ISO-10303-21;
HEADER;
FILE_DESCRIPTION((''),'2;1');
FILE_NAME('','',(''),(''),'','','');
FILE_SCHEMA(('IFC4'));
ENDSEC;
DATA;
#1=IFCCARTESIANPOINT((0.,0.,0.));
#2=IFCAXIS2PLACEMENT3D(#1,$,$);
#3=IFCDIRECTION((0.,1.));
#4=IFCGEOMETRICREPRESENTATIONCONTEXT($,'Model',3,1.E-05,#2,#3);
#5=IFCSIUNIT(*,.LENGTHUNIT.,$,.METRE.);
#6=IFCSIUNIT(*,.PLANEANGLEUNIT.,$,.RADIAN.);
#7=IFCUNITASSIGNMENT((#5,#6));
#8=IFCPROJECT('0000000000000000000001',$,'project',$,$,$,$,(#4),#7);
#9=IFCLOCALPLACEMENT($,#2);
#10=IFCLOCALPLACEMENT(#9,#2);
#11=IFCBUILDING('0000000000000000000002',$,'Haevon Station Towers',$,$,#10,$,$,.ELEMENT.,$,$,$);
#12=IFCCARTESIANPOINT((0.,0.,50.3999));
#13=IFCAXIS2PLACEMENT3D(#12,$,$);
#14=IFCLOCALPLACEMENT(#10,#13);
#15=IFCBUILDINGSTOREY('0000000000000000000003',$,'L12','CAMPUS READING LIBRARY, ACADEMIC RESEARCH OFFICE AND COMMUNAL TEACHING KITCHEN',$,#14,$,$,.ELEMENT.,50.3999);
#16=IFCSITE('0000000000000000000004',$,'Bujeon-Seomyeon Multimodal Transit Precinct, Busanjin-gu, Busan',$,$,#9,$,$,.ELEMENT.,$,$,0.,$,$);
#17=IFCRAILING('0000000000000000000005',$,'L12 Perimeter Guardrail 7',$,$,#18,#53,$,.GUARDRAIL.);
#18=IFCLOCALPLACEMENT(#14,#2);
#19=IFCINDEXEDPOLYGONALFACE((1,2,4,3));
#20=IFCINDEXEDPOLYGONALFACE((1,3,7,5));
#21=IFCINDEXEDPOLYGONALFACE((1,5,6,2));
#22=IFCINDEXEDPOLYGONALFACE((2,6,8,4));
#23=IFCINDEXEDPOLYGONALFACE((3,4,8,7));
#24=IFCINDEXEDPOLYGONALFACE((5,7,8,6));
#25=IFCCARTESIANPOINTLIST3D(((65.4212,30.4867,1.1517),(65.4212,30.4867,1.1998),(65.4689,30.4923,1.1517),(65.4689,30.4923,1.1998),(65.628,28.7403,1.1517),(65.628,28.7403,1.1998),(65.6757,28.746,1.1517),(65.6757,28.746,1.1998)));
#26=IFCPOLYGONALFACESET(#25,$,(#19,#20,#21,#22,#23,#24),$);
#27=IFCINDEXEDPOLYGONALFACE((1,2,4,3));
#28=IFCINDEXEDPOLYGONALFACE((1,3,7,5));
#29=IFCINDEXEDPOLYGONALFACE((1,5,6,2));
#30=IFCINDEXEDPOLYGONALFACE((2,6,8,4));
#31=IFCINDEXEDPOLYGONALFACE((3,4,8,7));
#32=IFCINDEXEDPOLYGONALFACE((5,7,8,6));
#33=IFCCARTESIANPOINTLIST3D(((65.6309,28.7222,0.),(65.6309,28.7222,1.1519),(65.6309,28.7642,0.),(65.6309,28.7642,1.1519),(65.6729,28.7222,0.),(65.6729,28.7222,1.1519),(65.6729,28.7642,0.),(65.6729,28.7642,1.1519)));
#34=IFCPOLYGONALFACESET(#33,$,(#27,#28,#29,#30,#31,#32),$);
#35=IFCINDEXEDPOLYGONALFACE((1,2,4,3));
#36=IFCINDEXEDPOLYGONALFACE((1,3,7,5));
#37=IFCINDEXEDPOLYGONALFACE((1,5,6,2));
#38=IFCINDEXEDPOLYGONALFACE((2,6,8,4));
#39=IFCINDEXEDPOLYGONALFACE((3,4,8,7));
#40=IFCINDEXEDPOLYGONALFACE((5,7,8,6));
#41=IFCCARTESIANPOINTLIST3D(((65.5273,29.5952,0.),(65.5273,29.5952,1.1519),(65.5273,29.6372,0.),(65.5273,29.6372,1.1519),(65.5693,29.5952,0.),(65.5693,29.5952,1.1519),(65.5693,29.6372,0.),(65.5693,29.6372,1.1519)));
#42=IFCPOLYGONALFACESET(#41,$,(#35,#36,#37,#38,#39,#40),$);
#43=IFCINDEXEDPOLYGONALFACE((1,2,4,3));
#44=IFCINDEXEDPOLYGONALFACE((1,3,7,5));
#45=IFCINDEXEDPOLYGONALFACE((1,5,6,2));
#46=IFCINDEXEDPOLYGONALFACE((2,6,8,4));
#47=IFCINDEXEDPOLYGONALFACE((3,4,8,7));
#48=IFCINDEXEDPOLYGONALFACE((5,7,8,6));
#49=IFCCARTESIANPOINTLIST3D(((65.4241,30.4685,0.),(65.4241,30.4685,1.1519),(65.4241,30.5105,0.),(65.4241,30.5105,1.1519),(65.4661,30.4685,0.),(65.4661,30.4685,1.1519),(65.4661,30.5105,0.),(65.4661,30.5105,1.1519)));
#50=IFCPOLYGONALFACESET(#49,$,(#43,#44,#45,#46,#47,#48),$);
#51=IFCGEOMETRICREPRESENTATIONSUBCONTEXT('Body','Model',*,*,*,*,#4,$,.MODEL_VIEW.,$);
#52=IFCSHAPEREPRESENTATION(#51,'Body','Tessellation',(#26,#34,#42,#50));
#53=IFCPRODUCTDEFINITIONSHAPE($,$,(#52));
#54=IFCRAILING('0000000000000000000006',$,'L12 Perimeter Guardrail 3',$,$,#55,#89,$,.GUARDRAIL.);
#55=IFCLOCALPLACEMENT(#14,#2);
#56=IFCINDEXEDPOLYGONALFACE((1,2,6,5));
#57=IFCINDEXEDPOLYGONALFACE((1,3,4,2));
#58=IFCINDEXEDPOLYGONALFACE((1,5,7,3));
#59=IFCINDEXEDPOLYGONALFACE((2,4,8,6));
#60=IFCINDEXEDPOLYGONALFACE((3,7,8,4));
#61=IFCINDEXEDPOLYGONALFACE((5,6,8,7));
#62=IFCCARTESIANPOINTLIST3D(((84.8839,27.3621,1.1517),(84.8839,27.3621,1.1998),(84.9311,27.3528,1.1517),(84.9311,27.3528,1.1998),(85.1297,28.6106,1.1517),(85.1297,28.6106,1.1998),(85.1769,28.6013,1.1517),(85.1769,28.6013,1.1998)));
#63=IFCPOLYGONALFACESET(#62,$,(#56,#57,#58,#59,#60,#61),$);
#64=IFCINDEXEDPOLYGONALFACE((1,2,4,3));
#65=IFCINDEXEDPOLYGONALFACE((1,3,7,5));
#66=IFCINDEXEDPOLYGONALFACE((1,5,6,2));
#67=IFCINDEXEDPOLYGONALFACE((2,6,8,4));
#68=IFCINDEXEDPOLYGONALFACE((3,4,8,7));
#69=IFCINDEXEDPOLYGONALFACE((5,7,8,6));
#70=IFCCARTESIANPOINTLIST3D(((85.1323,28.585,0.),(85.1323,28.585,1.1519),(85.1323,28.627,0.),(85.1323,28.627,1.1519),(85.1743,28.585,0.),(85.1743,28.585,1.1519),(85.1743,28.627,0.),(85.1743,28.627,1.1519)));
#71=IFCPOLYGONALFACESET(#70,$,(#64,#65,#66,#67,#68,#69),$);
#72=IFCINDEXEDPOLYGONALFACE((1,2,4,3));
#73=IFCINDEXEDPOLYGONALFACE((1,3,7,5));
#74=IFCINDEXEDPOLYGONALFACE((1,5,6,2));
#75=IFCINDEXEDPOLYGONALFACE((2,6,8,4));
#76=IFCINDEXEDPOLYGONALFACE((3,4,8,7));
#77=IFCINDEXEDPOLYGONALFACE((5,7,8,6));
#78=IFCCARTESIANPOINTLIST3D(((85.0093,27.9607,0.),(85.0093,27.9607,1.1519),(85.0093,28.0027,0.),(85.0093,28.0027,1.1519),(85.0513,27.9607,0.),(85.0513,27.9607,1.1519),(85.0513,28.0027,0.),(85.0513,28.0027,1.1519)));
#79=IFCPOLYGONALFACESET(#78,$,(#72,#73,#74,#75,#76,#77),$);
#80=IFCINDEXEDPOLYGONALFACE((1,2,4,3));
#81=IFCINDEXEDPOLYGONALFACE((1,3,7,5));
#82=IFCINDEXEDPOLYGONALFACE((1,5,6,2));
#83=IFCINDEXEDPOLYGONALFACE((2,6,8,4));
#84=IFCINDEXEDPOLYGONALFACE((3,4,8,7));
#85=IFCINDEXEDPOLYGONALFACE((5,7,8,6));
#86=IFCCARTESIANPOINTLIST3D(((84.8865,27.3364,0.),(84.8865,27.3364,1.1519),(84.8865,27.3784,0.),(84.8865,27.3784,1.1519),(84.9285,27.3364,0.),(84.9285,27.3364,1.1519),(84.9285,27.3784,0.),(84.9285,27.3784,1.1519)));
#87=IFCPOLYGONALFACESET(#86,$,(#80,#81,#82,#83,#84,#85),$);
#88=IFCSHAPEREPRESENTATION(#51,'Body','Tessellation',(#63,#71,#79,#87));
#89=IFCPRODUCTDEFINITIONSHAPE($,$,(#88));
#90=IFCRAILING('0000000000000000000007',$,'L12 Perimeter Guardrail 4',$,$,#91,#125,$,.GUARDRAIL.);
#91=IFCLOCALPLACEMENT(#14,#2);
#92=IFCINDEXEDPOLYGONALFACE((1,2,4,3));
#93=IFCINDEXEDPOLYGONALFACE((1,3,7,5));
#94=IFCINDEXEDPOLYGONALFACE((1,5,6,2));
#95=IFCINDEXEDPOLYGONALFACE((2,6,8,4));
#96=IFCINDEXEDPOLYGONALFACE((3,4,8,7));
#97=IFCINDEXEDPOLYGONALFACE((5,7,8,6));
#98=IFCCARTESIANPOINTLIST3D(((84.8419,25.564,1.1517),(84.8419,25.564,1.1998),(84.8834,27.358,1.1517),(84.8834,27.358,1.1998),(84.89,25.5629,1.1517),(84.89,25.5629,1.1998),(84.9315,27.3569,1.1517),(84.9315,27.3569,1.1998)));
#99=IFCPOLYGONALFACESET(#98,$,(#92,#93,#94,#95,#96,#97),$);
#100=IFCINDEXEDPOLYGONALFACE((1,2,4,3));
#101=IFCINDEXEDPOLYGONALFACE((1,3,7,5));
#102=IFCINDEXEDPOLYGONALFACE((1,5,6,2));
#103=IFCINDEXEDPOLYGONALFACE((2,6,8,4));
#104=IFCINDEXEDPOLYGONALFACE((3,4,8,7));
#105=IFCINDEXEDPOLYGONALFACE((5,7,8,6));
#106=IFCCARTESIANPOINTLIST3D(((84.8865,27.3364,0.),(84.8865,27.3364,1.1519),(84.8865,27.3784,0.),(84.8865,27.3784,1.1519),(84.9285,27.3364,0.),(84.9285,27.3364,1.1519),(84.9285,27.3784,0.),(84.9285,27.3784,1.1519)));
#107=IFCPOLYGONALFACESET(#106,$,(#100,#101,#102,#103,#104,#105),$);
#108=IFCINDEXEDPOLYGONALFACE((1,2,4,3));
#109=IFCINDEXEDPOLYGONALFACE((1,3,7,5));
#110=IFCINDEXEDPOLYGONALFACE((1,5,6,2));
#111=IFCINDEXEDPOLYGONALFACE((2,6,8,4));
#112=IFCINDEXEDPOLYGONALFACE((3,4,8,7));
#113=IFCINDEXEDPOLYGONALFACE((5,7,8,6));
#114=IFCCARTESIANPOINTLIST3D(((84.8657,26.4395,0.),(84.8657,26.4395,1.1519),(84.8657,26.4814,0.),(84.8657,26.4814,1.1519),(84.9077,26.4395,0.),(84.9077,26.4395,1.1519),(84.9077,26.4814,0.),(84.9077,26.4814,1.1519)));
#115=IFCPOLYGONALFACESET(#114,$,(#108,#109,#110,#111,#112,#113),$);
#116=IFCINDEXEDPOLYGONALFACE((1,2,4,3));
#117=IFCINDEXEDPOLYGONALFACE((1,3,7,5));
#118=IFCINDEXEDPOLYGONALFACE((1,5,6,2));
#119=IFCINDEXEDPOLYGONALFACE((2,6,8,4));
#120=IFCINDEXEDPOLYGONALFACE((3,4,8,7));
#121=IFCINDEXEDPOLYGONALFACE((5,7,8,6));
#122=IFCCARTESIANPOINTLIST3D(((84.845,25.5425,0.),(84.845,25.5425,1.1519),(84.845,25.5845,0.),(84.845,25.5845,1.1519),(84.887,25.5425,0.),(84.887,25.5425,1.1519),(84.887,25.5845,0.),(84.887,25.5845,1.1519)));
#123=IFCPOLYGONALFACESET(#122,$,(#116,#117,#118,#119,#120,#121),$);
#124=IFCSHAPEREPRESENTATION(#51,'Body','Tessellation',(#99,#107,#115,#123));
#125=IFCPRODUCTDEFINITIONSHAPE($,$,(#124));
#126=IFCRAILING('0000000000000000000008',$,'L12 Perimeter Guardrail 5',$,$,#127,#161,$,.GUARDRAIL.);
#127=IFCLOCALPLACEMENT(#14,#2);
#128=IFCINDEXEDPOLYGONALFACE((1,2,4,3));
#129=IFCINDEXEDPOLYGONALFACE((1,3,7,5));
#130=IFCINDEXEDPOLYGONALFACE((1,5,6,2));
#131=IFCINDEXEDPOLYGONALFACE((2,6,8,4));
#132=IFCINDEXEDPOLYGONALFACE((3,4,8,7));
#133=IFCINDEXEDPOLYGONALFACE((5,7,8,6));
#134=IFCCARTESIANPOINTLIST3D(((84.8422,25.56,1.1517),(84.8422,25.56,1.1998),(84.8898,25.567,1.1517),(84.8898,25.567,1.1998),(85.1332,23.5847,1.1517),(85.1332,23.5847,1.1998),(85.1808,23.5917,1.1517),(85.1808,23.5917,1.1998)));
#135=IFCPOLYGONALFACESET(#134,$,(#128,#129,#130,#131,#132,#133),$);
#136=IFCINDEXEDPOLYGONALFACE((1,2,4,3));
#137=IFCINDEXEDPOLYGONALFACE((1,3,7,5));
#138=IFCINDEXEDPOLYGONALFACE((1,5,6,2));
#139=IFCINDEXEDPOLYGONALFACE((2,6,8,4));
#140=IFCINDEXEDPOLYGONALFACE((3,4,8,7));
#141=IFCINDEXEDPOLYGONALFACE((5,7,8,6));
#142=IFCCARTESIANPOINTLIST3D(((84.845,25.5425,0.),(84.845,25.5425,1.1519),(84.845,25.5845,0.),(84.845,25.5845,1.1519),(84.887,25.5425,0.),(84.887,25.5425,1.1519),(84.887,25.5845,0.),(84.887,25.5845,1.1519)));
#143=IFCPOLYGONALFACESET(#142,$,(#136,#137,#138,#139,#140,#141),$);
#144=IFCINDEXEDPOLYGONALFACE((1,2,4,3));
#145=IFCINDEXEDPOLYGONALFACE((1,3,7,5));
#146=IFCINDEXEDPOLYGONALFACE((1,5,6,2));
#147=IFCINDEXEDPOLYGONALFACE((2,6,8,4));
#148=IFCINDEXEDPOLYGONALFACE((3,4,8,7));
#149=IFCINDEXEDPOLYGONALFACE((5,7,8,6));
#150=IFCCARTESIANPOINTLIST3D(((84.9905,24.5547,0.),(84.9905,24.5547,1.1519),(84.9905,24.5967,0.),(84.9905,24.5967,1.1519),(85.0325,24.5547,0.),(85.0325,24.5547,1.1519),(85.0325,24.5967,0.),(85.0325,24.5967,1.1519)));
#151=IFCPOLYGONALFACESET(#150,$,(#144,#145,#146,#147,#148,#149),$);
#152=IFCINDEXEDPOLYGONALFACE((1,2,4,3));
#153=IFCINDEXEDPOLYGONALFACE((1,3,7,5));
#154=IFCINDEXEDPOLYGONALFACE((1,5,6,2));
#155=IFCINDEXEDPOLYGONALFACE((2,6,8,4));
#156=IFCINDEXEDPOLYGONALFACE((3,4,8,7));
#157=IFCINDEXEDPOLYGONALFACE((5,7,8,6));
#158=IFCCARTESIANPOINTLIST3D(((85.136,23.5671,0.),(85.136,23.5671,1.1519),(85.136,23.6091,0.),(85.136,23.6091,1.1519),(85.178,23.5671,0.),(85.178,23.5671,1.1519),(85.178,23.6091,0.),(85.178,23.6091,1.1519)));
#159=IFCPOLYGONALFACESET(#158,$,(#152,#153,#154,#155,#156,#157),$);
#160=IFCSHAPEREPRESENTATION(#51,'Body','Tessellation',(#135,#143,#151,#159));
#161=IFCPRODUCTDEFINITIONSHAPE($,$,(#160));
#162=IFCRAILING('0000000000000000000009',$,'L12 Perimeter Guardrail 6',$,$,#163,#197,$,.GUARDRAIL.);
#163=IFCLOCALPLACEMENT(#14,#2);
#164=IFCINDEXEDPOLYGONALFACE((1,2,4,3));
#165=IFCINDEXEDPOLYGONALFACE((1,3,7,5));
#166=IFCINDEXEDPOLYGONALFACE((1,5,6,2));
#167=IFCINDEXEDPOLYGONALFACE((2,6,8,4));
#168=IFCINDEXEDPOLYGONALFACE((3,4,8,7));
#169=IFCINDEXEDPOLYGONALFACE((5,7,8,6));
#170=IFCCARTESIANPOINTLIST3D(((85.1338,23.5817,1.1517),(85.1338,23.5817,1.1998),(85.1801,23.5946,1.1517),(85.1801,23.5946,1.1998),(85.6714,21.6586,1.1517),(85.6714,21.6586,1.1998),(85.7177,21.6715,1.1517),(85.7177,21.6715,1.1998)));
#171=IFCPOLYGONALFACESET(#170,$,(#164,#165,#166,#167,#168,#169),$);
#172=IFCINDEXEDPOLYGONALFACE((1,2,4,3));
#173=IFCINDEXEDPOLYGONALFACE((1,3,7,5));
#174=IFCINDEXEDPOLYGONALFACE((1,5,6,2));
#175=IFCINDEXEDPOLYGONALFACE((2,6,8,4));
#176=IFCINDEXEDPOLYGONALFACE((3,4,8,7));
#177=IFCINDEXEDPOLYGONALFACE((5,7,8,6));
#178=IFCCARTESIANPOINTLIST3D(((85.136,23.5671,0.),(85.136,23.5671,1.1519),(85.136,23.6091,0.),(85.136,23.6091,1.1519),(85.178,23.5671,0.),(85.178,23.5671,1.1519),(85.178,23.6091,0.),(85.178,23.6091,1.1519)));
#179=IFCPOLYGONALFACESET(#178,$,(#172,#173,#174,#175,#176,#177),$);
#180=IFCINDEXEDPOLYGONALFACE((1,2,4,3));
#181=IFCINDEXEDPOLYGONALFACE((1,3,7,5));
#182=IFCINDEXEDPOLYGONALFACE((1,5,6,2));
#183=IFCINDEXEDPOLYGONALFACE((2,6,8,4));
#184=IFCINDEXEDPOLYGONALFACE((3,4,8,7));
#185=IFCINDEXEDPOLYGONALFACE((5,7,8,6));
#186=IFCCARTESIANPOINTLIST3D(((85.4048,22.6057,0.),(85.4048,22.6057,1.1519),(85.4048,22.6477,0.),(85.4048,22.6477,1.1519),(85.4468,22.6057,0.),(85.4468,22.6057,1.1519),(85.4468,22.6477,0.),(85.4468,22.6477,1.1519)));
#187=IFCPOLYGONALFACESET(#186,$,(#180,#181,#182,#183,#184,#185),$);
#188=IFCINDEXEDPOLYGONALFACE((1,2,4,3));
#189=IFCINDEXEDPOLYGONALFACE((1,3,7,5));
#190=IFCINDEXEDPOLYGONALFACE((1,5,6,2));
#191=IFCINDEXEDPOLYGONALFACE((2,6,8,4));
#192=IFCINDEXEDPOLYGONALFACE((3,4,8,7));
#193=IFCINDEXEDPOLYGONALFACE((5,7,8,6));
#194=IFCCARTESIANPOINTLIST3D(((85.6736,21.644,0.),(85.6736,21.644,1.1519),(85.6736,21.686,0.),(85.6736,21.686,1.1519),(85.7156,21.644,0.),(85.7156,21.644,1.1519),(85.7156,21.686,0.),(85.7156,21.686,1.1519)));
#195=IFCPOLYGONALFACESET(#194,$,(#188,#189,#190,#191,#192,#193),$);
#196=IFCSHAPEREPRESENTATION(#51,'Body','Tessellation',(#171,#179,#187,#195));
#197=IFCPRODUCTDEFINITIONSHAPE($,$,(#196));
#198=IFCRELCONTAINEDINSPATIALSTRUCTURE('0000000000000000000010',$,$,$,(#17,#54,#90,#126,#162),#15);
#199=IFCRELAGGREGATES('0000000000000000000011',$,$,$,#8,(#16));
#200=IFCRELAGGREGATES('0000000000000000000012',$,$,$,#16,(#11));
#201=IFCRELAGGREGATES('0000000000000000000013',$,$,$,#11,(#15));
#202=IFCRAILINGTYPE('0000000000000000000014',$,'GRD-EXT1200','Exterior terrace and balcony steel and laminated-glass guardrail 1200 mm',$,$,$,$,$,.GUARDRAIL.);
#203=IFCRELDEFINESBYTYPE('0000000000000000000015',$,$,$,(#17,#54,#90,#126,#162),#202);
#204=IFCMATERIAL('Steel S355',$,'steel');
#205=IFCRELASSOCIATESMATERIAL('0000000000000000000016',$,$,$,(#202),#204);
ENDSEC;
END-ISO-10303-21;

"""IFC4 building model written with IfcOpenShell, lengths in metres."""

from ifc_helpers import new_model, si_unit, direction, frame, origin, origin_2d, place, context, subcontext, project, spatial, rectangle, extrude, material, type_object, element, save


model = new_model("IFC4")

# Units and contexts
model_context = context("Model", 3, precision=1e-05, world=origin(), true_north=direction((0.0, 1.0)))
body_context = subcontext(model_context, "Body", "Model", "MODEL_VIEW")
ifc_project = project(units=[si_unit("LENGTHUNIT", "METRE"), si_unit("PLANEANGLEUNIT", "RADIAN")], contexts=[model_context])

# Site, building, storey
site_placement = place(None, origin())
site = spatial("IfcSite", under=ifc_project, at=site_placement, Name="Bujeon-Seomyeon Multimodal Transit Precinct, Busanjin-gu, Busan", CompositionType="ELEMENT", RefElevation=0.0)
building_placement = place(site_placement, origin())
building = spatial("IfcBuilding", under=site, at=building_placement, Name="Haevon Station Towers", CompositionType="ELEMENT")
storey_placement = place(building_placement, frame((0.0, 0.0, 50.3999)))
storey = spatial("IfcBuildingStorey", under=building, at=storey_placement, Name="L12", Description="CAMPUS READING LIBRARY, ACADEMIC RESEARCH OFFICE AND COMMUNAL TEACHING KITCHEN", CompositionType="ELEMENT", Elevation=50.3999)

# Railings
ifc_material_1 = material(Name="Steel S355", Category="steel")
railing_type = type_object("IfcRailingType", Name="GRD-EXT1200", Description="Exterior terrace and balcony steel and laminated-glass guardrail 1200 mm", PredefinedType="GUARDRAIL", material=ifc_material_1)
railing_1_placement = place(storey_placement, frame((65.6519, 28.7432, 0.0)))
element("IfcRailing", 1, at=railing_1_placement, inside=storey, type_object=railing_type, Name="L12 Perimeter Guardrail 7", PredefinedType="GUARDRAIL", context=body_context, shape_type="SweptSolid", body=[
    extrude(rectangle(XDim=0.0481, YDim=0.0481, at=origin_2d()), frame((0.0, 0.0, 1.1758), z_axis=(-0.11759, 0.993062, 0.0), x_axis=(-0.993062, -0.11759, 0.0)), (0.0, 0.0, 1.0), 1.7585),
    extrude(rectangle(XDim=0.042, YDim=0.042, at=origin_2d()), origin(), (0.0, 0.0, 1.0), 1.1519),
    extrude(rectangle(XDim=0.042, YDim=0.042, at=origin_2d()), frame((-0.1035, 0.873, 0.0)), (0.0, 0.0, 1.0), 1.1519),
    extrude(rectangle(XDim=0.042, YDim=0.042, at=origin_2d()), frame((-0.2068, 1.7463, 0.0)), (0.0, 0.0, 1.0), 1.1519),
])
railing_2_placement = place(storey_placement, frame((85.1533, 28.606, 0.0)))
element("IfcRailing", 2, at=railing_2_placement, inside=storey, type_object=railing_type, Name="L12 Perimeter Guardrail 3", PredefinedType="GUARDRAIL", context=body_context, shape_type="SweptSolid", body=[
    extrude(rectangle(XDim=0.0481, YDim=0.0481, at=origin_2d()), frame((0.0, 0.0, 1.1758), z_axis=(-0.193201, -0.981159, 0.0), x_axis=(0.981159, -0.193201, 0.0)), (0.0, 0.0, 1.0), 1.2725),
    extrude(rectangle(XDim=0.042, YDim=0.042, at=origin_2d()), origin(), (0.0, 0.0, 1.0), 1.1519),
    extrude(rectangle(XDim=0.042, YDim=0.042, at=origin_2d()), frame((-0.123, -0.6243, 0.0)), (0.0, 0.0, 1.0), 1.1519),
    extrude(rectangle(XDim=0.042, YDim=0.042, at=origin_2d()), frame((-0.2458, -1.2485, 0.0)), (0.0, 0.0, 1.0), 1.1519),
])
railing_3_placement = place(storey_placement, frame((84.9075, 27.3574, 0.0)))
element("IfcRailing", 3, at=railing_3_placement, inside=storey, type_object=railing_type, Name="L12 Perimeter Guardrail 4", PredefinedType="GUARDRAIL", context=body_context, shape_type="SweptSolid", body=[
    extrude(rectangle(XDim=0.0481, YDim=0.0481, at=origin_2d()), frame((0.0, 0.0, 1.1758), z_axis=(-0.023129, -0.999732, 0.0), x_axis=(0.999732, -0.023129, 0.0)), (0.0, 0.0, 1.0), 1.7944),
    extrude(rectangle(XDim=0.042, YDim=0.042, at=origin_2d()), origin(), (0.0, 0.0, 1.0), 1.1519),
    extrude(rectangle(XDim=0.042, YDim=0.042, at=origin_2d()), frame((-0.0208, -0.897, 0.0)), (0.0, 0.0, 1.0), 1.1519),
    extrude(rectangle(XDim=0.042, YDim=0.042, at=origin_2d()), frame((-0.0415, -1.7939, 0.0)), (0.0, 0.0, 1.0), 1.1519),
])
railing_4_placement = place(storey_placement, frame((84.866, 25.5635, 0.0)))
element("IfcRailing", 4, at=railing_4_placement, inside=storey, type_object=railing_type, Name="L12 Perimeter Guardrail 5", PredefinedType="GUARDRAIL", context=body_context, shape_type="SweptSolid", body=[
    extrude(rectangle(XDim=0.0481, YDim=0.0481, at=origin_2d()), frame((0.0, 0.0, 1.1758), z_axis=(0.145751, -0.989321, 0.0), x_axis=(0.989321, 0.145751, 0.0)), (0.0, 0.0, 1.0), 1.9966),
    extrude(rectangle(XDim=0.042, YDim=0.042, at=origin_2d()), origin(), (0.0, 0.0, 1.0), 1.1519),
    extrude(rectangle(XDim=0.042, YDim=0.042, at=origin_2d()), frame((0.1455, -0.9878, 0.0)), (0.0, 0.0, 1.0), 1.1519),
    extrude(rectangle(XDim=0.042, YDim=0.042, at=origin_2d()), frame((0.291, -1.9753, 0.0)), (0.0, 0.0, 1.0), 1.1519),
])
railing_5_placement = place(storey_placement, frame((85.157, 23.5881, 0.0)))
element("IfcRailing", 5, at=railing_5_placement, inside=storey, type_object=railing_type, Name="L12 Perimeter Guardrail 6", PredefinedType="GUARDRAIL", context=body_context, shape_type="SweptSolid", body=[
    extrude(rectangle(XDim=0.0481, YDim=0.0481, at=origin_2d()), frame((0.0, 0.0, 1.1758), z_axis=(0.269226, -0.963077, 0.0), x_axis=(0.963077, 0.269226, 0.0)), (0.0, 0.0, 1.0), 1.9968),
    extrude(rectangle(XDim=0.042, YDim=0.042, at=origin_2d()), origin(), (0.0, 0.0, 1.0), 1.1519),
    extrude(rectangle(XDim=0.042, YDim=0.042, at=origin_2d()), frame((0.2688, -0.9614, 0.0)), (0.0, 0.0, 1.0), 1.1519),
    extrude(rectangle(XDim=0.042, YDim=0.042, at=origin_2d()), frame((0.5376, -1.9231, 0.0)), (0.0, 0.0, 1.0), 1.1519),
])

save(model, "model.ifc")
